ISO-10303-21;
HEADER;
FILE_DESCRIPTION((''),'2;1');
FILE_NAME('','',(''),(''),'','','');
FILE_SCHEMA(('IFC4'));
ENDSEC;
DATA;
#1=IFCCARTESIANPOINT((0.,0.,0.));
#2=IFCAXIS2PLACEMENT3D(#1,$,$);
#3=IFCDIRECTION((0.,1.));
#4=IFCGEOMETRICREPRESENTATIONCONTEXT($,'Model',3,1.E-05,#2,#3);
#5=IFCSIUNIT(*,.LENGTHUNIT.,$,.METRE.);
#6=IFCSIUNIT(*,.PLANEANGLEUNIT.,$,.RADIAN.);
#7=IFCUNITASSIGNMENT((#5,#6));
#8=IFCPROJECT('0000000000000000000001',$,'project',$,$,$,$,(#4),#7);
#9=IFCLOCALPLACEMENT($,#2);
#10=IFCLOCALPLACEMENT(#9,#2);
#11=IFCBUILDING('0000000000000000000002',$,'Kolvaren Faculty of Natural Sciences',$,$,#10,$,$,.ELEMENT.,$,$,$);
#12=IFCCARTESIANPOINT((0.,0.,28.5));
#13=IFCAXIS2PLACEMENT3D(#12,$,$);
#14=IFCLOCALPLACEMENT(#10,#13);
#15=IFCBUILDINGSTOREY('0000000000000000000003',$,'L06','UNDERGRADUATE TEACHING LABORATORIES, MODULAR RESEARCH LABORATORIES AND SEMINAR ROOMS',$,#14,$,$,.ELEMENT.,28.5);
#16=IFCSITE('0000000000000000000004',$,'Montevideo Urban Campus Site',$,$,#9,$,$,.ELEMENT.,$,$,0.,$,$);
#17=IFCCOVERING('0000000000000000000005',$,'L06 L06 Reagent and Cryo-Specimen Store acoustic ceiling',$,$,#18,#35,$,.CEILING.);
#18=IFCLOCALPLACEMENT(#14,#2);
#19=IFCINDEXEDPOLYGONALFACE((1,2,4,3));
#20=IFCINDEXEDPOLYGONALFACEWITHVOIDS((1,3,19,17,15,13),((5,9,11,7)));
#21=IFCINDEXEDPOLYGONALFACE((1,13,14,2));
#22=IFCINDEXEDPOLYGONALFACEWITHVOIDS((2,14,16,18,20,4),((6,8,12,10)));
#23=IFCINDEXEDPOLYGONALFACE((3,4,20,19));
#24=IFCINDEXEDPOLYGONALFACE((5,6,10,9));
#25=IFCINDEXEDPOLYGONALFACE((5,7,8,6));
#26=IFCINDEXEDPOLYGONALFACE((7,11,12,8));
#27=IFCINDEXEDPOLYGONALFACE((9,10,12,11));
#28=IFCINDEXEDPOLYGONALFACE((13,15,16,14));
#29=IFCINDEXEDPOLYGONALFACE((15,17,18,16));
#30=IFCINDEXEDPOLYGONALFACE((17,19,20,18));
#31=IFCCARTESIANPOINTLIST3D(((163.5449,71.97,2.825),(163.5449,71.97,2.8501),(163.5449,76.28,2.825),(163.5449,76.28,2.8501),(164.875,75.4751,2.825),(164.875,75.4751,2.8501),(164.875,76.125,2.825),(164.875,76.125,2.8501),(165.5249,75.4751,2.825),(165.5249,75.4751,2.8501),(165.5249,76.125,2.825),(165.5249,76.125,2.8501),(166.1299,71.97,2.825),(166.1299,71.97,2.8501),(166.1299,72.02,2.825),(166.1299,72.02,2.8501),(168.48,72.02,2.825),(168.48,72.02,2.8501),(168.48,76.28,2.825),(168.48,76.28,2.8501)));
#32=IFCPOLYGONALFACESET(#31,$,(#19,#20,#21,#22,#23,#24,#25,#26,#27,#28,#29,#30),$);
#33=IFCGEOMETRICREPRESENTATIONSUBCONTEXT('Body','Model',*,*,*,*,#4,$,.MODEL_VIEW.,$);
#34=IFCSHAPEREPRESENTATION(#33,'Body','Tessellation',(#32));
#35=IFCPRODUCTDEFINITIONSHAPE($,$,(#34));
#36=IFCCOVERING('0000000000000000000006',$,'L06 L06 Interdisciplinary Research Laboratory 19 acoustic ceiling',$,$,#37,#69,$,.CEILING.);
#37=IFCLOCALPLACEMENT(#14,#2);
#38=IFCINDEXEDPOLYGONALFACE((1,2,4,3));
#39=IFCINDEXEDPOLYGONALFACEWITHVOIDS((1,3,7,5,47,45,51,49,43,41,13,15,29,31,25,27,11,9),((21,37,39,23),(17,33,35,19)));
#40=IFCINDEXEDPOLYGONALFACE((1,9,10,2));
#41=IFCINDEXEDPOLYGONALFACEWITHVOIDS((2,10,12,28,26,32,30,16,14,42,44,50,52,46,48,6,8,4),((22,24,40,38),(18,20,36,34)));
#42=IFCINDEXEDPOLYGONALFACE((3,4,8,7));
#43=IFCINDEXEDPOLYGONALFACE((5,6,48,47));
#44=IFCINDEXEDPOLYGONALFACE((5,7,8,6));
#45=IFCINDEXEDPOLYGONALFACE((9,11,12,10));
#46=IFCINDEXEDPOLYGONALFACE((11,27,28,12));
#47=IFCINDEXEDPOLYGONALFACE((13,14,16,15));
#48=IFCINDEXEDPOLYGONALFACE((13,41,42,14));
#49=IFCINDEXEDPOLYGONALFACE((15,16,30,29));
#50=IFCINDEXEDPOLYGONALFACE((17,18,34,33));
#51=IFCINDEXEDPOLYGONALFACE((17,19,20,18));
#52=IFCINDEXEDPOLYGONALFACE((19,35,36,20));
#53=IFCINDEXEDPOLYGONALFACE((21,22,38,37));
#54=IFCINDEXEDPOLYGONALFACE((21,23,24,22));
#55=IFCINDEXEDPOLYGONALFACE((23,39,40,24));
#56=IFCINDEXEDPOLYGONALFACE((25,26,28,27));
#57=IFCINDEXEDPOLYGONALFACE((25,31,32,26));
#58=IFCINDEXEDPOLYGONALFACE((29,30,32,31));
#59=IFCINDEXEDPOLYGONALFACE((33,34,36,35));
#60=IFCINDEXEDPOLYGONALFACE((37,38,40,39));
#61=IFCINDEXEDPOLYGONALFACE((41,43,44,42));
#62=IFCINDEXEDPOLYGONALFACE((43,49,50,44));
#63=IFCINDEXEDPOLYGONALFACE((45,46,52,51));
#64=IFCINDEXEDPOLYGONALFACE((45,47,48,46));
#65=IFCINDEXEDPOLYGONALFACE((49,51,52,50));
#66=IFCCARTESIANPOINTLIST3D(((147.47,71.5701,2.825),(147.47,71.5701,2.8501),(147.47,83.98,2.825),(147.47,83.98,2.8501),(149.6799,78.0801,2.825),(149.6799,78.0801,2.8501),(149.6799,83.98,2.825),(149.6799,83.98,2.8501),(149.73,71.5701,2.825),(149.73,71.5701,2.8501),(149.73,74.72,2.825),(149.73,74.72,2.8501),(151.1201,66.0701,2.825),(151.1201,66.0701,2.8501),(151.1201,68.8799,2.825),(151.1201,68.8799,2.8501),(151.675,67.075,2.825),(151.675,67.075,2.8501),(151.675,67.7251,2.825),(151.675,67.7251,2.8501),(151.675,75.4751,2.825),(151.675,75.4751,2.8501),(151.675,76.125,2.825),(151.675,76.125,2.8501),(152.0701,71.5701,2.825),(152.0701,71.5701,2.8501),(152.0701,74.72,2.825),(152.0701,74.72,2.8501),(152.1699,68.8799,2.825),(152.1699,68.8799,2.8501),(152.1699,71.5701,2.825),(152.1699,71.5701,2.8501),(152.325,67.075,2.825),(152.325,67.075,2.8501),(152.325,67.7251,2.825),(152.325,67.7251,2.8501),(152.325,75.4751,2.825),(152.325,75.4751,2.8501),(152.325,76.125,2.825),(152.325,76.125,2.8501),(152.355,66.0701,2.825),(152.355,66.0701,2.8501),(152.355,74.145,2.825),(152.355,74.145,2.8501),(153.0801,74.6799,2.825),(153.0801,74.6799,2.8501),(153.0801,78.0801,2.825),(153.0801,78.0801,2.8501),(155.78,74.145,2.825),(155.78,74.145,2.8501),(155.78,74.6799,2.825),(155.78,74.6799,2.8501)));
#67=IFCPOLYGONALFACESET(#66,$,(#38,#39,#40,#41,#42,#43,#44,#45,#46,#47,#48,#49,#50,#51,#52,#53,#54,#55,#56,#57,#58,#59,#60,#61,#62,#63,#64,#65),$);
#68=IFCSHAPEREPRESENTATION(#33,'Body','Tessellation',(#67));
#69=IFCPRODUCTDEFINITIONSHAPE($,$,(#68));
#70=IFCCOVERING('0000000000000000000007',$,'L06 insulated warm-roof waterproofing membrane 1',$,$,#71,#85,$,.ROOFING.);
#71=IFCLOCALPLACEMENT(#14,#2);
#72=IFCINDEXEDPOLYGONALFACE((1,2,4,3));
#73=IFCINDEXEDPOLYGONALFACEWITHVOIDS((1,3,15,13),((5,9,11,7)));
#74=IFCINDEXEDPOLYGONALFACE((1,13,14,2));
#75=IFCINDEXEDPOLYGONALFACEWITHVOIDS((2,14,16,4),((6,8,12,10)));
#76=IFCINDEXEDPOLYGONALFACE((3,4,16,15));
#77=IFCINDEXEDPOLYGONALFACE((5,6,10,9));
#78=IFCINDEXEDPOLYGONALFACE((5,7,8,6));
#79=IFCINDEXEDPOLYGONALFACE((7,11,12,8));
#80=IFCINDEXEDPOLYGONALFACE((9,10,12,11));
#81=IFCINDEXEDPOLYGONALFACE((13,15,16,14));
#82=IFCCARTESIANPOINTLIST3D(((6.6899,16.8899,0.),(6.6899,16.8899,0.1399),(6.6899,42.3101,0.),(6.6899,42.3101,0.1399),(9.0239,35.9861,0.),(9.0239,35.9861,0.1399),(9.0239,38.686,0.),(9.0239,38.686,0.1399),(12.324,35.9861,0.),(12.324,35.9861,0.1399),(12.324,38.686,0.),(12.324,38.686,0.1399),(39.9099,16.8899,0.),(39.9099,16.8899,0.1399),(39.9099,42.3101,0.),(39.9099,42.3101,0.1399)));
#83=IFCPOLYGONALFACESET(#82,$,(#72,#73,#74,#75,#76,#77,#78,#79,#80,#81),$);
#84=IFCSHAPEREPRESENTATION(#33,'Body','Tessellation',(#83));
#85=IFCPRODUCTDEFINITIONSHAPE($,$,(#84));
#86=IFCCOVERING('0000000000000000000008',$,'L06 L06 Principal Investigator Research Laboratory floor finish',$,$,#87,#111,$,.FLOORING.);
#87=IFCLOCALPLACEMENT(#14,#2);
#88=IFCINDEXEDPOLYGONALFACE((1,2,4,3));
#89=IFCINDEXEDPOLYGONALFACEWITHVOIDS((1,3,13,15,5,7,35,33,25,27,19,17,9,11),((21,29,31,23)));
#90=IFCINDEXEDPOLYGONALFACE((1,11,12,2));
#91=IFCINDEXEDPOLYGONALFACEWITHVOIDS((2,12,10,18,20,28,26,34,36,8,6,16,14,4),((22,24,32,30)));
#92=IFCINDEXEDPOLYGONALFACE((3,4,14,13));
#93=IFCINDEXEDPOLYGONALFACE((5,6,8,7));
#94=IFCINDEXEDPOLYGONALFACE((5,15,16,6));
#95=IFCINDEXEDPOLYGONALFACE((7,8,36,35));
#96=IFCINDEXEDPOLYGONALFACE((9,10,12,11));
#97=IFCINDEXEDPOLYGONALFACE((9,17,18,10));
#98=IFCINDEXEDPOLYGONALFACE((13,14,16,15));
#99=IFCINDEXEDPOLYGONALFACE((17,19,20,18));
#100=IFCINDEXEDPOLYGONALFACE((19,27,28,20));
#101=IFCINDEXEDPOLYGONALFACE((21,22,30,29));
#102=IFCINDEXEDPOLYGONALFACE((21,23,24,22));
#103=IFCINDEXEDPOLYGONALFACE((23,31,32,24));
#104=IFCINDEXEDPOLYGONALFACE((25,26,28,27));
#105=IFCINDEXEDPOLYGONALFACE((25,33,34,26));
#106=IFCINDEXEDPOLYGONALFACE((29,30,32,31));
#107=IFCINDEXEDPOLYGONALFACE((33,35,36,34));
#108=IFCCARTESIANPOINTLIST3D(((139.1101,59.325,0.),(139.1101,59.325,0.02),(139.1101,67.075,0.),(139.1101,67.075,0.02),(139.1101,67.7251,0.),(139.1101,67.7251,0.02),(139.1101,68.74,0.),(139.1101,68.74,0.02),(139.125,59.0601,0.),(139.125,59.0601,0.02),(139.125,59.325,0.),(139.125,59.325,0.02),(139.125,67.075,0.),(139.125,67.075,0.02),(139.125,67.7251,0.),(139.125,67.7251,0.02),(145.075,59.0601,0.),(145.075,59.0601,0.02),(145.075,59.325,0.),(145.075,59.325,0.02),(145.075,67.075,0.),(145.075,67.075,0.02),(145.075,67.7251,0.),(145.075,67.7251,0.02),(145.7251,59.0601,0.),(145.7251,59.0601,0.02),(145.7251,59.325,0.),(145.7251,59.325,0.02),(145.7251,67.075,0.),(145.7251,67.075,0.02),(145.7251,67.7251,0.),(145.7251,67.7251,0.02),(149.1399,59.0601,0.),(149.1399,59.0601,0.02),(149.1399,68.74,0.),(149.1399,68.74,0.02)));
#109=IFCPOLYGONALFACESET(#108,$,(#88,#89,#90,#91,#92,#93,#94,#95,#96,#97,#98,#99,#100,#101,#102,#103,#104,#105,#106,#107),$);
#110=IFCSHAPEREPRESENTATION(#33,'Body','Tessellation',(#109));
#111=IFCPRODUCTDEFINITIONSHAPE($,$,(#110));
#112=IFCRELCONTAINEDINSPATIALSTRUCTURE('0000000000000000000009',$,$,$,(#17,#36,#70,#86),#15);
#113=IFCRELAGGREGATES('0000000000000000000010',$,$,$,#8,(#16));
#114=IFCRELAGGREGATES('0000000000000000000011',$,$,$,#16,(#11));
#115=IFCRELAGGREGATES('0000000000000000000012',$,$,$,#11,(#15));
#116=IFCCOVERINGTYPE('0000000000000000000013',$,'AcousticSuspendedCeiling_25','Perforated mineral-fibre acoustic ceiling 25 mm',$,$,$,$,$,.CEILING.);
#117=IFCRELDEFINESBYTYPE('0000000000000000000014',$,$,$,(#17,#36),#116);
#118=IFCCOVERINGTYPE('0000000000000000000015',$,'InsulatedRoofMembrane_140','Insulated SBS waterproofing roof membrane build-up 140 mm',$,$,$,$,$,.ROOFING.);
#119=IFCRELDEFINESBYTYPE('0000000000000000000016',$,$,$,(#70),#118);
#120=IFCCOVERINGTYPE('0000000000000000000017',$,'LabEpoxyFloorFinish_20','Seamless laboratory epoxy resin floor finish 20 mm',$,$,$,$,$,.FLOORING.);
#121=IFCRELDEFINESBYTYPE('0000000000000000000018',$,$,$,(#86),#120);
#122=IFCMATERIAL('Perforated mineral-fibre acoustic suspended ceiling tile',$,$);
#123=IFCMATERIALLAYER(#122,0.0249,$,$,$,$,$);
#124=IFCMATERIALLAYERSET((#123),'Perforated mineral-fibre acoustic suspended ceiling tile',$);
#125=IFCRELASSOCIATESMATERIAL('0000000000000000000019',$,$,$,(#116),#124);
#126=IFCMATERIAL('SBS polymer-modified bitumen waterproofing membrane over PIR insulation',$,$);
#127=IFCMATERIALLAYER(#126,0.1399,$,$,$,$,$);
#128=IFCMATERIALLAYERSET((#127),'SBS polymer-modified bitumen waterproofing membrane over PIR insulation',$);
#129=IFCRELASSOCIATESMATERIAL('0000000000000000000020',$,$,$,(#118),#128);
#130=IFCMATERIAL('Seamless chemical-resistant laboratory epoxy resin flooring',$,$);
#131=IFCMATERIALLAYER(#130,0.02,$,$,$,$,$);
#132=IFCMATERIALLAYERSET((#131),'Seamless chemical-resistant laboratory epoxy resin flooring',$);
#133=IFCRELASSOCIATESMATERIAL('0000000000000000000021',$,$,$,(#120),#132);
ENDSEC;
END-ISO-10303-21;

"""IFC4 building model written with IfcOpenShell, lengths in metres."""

from ifc_helpers import new_model, si_unit, direction, frame, origin, place, context, subcontext, project, spatial, polyline, outline, extrude, material, layer, layer_set, type_object, element, save


model = new_model("IFC4")

# Units and contexts
model_context = context("Model", 3, precision=1e-05, world=origin(), true_north=direction((0.0, 1.0)))
body_context = subcontext(model_context, "Body", "Model", "MODEL_VIEW")
ifc_project = project(units=[si_unit("LENGTHUNIT", "METRE"), si_unit("PLANEANGLEUNIT", "RADIAN")], contexts=[model_context])

# Site, building, storey
site_placement = place(None, origin())
site = spatial("IfcSite", under=ifc_project, at=site_placement, Name="Montevideo Urban Campus Site", CompositionType="ELEMENT", RefElevation=0.0)
building_placement = place(site_placement, origin())
building = spatial("IfcBuilding", under=site, at=building_placement, Name="Kolvaren Faculty of Natural Sciences", CompositionType="ELEMENT")
storey_placement = place(building_placement, frame((0.0, 0.0, 28.5)))
storey = spatial("IfcBuildingStorey", under=building, at=storey_placement, Name="L06", Description="UNDERGRADUATE TEACHING LABORATORIES, MODULAR RESEARCH LABORATORIES AND SEMINAR ROOMS", CompositionType="ELEMENT", Elevation=28.5)

# Coverings
ifc_material_1 = material(Name="Perforated mineral-fibre acoustic suspended ceiling tile")
ifc_layer_1 = layer(ifc_material_1, 0.0249)
ifc_layer_set_1 = layer_set([ifc_layer_1], Name="Perforated mineral-fibre acoustic suspended ceiling tile")
covering_type_1 = type_object("IfcCoveringType", Name="AcousticSuspendedCeiling_25", Description="Perforated mineral-fibre acoustic ceiling 25 mm", PredefinedType="CEILING", material=ifc_layer_set_1)
covering_1_placement = place(storey_placement, frame((0.0, 0.0, 2.825)))
element("IfcCovering", 1, at=covering_1_placement, inside=storey, type_object=covering_type_1, Name="L06 L06 Reagent and Cryo-Specimen Store acoustic ceiling", PredefinedType="CEILING", context=body_context, shape_type="SweptSolid", body=[
    extrude(outline(polyline([(163.5449, 71.97), (163.5449, 76.28), (168.48, 76.28), (168.48, 72.02), (166.1299, 72.02), (166.1299, 71.97), (163.5449, 71.97)]), holes=[polyline([(164.875, 75.4751), (165.5249, 75.4751), (165.5249, 76.125), (164.875, 76.125), (164.875, 75.4751)])]), origin(), (0.0, 0.0, 1.0), 0.0251),
])
covering_2_placement = place(storey_placement, frame((0.0, 0.0, 2.825)))
element("IfcCovering", 2, at=covering_2_placement, inside=storey, type_object=covering_type_1, Name="L06 L06 Interdisciplinary Research Laboratory 19 acoustic ceiling", PredefinedType="CEILING", context=body_context, shape_type="SweptSolid", body=[
    extrude(outline(polyline([(153.0801, 78.0801), (153.0801, 74.6799), (155.78, 74.6799), (155.78, 74.145), (152.355, 74.145), (152.355, 66.0701), (151.1201, 66.0701), (151.1201, 68.8799), (152.1699, 68.8799), (152.1699, 71.5701), (152.0701, 71.5701), (152.0701, 74.72), (149.73, 74.72), (149.73, 71.5701), (147.47, 71.5701), (147.47, 83.98), (149.6799, 83.98), (149.6799, 78.0801), (153.0801, 78.0801)]), holes=[polyline([(151.675, 67.075), (152.325, 67.075), (152.325, 67.7251), (151.675, 67.7251), (151.675, 67.075)]), polyline([(152.325, 75.4751), (152.325, 76.125), (151.675, 76.125), (151.675, 75.4751), (152.325, 75.4751)])]), origin(), (0.0, 0.0, 1.0), 0.0251),
])
ifc_material_2 = material(Name="SBS polymer-modified bitumen waterproofing membrane over PIR insulation")
ifc_layer_2 = layer(ifc_material_2, 0.1399)
ifc_layer_set_2 = layer_set([ifc_layer_2], Name="SBS polymer-modified bitumen waterproofing membrane over PIR insulation")
covering_type_2 = type_object("IfcCoveringType", Name="InsulatedRoofMembrane_140", Description="Insulated SBS waterproofing roof membrane build-up 140 mm", PredefinedType="ROOFING", material=ifc_layer_set_2)
covering_3_placement = place(storey_placement, origin())
element("IfcCovering", 3, at=covering_3_placement, inside=storey, type_object=covering_type_2, Name="L06 insulated warm-roof waterproofing membrane 1", PredefinedType="ROOFING", context=body_context, shape_type="SweptSolid", body=[
    extrude(outline(polyline([(6.6899, 16.8899), (6.6899, 42.3101), (39.9099, 42.3101), (39.9099, 16.8899), (6.6899, 16.8899)]), holes=[polyline([(12.324, 38.686), (9.0239, 38.686), (9.0239, 35.9861), (12.324, 35.9861), (12.324, 38.686)])]), origin(), (0.0, 0.0, 1.0), 0.1399),
])
ifc_material_3 = material(Name="Seamless chemical-resistant laboratory epoxy resin flooring")
ifc_layer_3 = layer(ifc_material_3, 0.02)
ifc_layer_set_3 = layer_set([ifc_layer_3], Name="Seamless chemical-resistant laboratory epoxy resin flooring")
covering_type_3 = type_object("IfcCoveringType", Name="LabEpoxyFloorFinish_20", Description="Seamless laboratory epoxy resin floor finish 20 mm", PredefinedType="FLOORING", material=ifc_layer_set_3)
covering_4_placement = place(storey_placement, origin())
element("IfcCovering", 4, at=covering_4_placement, inside=storey, type_object=covering_type_3, Name="L06 L06 Principal Investigator Research Laboratory floor finish", PredefinedType="FLOORING", context=body_context, shape_type="SweptSolid", body=[
    extrude(outline(polyline([(145.7251, 59.0601), (145.7251, 59.325), (145.075, 59.325), (145.075, 59.0601), (139.125, 59.0601), (139.125, 59.325), (139.1101, 59.325), (139.1101, 67.075), (139.125, 67.075), (139.125, 67.7251), (139.1101, 67.7251), (139.1101, 68.74), (149.1399, 68.74), (149.1399, 59.0601), (145.7251, 59.0601)]), holes=[polyline([(145.7251, 67.075), (145.7251, 67.7251), (145.075, 67.7251), (145.075, 67.075), (145.7251, 67.075)])]), origin(), (0.0, 0.0, 1.0), 0.02),
])

save(model, "model.ifc")
